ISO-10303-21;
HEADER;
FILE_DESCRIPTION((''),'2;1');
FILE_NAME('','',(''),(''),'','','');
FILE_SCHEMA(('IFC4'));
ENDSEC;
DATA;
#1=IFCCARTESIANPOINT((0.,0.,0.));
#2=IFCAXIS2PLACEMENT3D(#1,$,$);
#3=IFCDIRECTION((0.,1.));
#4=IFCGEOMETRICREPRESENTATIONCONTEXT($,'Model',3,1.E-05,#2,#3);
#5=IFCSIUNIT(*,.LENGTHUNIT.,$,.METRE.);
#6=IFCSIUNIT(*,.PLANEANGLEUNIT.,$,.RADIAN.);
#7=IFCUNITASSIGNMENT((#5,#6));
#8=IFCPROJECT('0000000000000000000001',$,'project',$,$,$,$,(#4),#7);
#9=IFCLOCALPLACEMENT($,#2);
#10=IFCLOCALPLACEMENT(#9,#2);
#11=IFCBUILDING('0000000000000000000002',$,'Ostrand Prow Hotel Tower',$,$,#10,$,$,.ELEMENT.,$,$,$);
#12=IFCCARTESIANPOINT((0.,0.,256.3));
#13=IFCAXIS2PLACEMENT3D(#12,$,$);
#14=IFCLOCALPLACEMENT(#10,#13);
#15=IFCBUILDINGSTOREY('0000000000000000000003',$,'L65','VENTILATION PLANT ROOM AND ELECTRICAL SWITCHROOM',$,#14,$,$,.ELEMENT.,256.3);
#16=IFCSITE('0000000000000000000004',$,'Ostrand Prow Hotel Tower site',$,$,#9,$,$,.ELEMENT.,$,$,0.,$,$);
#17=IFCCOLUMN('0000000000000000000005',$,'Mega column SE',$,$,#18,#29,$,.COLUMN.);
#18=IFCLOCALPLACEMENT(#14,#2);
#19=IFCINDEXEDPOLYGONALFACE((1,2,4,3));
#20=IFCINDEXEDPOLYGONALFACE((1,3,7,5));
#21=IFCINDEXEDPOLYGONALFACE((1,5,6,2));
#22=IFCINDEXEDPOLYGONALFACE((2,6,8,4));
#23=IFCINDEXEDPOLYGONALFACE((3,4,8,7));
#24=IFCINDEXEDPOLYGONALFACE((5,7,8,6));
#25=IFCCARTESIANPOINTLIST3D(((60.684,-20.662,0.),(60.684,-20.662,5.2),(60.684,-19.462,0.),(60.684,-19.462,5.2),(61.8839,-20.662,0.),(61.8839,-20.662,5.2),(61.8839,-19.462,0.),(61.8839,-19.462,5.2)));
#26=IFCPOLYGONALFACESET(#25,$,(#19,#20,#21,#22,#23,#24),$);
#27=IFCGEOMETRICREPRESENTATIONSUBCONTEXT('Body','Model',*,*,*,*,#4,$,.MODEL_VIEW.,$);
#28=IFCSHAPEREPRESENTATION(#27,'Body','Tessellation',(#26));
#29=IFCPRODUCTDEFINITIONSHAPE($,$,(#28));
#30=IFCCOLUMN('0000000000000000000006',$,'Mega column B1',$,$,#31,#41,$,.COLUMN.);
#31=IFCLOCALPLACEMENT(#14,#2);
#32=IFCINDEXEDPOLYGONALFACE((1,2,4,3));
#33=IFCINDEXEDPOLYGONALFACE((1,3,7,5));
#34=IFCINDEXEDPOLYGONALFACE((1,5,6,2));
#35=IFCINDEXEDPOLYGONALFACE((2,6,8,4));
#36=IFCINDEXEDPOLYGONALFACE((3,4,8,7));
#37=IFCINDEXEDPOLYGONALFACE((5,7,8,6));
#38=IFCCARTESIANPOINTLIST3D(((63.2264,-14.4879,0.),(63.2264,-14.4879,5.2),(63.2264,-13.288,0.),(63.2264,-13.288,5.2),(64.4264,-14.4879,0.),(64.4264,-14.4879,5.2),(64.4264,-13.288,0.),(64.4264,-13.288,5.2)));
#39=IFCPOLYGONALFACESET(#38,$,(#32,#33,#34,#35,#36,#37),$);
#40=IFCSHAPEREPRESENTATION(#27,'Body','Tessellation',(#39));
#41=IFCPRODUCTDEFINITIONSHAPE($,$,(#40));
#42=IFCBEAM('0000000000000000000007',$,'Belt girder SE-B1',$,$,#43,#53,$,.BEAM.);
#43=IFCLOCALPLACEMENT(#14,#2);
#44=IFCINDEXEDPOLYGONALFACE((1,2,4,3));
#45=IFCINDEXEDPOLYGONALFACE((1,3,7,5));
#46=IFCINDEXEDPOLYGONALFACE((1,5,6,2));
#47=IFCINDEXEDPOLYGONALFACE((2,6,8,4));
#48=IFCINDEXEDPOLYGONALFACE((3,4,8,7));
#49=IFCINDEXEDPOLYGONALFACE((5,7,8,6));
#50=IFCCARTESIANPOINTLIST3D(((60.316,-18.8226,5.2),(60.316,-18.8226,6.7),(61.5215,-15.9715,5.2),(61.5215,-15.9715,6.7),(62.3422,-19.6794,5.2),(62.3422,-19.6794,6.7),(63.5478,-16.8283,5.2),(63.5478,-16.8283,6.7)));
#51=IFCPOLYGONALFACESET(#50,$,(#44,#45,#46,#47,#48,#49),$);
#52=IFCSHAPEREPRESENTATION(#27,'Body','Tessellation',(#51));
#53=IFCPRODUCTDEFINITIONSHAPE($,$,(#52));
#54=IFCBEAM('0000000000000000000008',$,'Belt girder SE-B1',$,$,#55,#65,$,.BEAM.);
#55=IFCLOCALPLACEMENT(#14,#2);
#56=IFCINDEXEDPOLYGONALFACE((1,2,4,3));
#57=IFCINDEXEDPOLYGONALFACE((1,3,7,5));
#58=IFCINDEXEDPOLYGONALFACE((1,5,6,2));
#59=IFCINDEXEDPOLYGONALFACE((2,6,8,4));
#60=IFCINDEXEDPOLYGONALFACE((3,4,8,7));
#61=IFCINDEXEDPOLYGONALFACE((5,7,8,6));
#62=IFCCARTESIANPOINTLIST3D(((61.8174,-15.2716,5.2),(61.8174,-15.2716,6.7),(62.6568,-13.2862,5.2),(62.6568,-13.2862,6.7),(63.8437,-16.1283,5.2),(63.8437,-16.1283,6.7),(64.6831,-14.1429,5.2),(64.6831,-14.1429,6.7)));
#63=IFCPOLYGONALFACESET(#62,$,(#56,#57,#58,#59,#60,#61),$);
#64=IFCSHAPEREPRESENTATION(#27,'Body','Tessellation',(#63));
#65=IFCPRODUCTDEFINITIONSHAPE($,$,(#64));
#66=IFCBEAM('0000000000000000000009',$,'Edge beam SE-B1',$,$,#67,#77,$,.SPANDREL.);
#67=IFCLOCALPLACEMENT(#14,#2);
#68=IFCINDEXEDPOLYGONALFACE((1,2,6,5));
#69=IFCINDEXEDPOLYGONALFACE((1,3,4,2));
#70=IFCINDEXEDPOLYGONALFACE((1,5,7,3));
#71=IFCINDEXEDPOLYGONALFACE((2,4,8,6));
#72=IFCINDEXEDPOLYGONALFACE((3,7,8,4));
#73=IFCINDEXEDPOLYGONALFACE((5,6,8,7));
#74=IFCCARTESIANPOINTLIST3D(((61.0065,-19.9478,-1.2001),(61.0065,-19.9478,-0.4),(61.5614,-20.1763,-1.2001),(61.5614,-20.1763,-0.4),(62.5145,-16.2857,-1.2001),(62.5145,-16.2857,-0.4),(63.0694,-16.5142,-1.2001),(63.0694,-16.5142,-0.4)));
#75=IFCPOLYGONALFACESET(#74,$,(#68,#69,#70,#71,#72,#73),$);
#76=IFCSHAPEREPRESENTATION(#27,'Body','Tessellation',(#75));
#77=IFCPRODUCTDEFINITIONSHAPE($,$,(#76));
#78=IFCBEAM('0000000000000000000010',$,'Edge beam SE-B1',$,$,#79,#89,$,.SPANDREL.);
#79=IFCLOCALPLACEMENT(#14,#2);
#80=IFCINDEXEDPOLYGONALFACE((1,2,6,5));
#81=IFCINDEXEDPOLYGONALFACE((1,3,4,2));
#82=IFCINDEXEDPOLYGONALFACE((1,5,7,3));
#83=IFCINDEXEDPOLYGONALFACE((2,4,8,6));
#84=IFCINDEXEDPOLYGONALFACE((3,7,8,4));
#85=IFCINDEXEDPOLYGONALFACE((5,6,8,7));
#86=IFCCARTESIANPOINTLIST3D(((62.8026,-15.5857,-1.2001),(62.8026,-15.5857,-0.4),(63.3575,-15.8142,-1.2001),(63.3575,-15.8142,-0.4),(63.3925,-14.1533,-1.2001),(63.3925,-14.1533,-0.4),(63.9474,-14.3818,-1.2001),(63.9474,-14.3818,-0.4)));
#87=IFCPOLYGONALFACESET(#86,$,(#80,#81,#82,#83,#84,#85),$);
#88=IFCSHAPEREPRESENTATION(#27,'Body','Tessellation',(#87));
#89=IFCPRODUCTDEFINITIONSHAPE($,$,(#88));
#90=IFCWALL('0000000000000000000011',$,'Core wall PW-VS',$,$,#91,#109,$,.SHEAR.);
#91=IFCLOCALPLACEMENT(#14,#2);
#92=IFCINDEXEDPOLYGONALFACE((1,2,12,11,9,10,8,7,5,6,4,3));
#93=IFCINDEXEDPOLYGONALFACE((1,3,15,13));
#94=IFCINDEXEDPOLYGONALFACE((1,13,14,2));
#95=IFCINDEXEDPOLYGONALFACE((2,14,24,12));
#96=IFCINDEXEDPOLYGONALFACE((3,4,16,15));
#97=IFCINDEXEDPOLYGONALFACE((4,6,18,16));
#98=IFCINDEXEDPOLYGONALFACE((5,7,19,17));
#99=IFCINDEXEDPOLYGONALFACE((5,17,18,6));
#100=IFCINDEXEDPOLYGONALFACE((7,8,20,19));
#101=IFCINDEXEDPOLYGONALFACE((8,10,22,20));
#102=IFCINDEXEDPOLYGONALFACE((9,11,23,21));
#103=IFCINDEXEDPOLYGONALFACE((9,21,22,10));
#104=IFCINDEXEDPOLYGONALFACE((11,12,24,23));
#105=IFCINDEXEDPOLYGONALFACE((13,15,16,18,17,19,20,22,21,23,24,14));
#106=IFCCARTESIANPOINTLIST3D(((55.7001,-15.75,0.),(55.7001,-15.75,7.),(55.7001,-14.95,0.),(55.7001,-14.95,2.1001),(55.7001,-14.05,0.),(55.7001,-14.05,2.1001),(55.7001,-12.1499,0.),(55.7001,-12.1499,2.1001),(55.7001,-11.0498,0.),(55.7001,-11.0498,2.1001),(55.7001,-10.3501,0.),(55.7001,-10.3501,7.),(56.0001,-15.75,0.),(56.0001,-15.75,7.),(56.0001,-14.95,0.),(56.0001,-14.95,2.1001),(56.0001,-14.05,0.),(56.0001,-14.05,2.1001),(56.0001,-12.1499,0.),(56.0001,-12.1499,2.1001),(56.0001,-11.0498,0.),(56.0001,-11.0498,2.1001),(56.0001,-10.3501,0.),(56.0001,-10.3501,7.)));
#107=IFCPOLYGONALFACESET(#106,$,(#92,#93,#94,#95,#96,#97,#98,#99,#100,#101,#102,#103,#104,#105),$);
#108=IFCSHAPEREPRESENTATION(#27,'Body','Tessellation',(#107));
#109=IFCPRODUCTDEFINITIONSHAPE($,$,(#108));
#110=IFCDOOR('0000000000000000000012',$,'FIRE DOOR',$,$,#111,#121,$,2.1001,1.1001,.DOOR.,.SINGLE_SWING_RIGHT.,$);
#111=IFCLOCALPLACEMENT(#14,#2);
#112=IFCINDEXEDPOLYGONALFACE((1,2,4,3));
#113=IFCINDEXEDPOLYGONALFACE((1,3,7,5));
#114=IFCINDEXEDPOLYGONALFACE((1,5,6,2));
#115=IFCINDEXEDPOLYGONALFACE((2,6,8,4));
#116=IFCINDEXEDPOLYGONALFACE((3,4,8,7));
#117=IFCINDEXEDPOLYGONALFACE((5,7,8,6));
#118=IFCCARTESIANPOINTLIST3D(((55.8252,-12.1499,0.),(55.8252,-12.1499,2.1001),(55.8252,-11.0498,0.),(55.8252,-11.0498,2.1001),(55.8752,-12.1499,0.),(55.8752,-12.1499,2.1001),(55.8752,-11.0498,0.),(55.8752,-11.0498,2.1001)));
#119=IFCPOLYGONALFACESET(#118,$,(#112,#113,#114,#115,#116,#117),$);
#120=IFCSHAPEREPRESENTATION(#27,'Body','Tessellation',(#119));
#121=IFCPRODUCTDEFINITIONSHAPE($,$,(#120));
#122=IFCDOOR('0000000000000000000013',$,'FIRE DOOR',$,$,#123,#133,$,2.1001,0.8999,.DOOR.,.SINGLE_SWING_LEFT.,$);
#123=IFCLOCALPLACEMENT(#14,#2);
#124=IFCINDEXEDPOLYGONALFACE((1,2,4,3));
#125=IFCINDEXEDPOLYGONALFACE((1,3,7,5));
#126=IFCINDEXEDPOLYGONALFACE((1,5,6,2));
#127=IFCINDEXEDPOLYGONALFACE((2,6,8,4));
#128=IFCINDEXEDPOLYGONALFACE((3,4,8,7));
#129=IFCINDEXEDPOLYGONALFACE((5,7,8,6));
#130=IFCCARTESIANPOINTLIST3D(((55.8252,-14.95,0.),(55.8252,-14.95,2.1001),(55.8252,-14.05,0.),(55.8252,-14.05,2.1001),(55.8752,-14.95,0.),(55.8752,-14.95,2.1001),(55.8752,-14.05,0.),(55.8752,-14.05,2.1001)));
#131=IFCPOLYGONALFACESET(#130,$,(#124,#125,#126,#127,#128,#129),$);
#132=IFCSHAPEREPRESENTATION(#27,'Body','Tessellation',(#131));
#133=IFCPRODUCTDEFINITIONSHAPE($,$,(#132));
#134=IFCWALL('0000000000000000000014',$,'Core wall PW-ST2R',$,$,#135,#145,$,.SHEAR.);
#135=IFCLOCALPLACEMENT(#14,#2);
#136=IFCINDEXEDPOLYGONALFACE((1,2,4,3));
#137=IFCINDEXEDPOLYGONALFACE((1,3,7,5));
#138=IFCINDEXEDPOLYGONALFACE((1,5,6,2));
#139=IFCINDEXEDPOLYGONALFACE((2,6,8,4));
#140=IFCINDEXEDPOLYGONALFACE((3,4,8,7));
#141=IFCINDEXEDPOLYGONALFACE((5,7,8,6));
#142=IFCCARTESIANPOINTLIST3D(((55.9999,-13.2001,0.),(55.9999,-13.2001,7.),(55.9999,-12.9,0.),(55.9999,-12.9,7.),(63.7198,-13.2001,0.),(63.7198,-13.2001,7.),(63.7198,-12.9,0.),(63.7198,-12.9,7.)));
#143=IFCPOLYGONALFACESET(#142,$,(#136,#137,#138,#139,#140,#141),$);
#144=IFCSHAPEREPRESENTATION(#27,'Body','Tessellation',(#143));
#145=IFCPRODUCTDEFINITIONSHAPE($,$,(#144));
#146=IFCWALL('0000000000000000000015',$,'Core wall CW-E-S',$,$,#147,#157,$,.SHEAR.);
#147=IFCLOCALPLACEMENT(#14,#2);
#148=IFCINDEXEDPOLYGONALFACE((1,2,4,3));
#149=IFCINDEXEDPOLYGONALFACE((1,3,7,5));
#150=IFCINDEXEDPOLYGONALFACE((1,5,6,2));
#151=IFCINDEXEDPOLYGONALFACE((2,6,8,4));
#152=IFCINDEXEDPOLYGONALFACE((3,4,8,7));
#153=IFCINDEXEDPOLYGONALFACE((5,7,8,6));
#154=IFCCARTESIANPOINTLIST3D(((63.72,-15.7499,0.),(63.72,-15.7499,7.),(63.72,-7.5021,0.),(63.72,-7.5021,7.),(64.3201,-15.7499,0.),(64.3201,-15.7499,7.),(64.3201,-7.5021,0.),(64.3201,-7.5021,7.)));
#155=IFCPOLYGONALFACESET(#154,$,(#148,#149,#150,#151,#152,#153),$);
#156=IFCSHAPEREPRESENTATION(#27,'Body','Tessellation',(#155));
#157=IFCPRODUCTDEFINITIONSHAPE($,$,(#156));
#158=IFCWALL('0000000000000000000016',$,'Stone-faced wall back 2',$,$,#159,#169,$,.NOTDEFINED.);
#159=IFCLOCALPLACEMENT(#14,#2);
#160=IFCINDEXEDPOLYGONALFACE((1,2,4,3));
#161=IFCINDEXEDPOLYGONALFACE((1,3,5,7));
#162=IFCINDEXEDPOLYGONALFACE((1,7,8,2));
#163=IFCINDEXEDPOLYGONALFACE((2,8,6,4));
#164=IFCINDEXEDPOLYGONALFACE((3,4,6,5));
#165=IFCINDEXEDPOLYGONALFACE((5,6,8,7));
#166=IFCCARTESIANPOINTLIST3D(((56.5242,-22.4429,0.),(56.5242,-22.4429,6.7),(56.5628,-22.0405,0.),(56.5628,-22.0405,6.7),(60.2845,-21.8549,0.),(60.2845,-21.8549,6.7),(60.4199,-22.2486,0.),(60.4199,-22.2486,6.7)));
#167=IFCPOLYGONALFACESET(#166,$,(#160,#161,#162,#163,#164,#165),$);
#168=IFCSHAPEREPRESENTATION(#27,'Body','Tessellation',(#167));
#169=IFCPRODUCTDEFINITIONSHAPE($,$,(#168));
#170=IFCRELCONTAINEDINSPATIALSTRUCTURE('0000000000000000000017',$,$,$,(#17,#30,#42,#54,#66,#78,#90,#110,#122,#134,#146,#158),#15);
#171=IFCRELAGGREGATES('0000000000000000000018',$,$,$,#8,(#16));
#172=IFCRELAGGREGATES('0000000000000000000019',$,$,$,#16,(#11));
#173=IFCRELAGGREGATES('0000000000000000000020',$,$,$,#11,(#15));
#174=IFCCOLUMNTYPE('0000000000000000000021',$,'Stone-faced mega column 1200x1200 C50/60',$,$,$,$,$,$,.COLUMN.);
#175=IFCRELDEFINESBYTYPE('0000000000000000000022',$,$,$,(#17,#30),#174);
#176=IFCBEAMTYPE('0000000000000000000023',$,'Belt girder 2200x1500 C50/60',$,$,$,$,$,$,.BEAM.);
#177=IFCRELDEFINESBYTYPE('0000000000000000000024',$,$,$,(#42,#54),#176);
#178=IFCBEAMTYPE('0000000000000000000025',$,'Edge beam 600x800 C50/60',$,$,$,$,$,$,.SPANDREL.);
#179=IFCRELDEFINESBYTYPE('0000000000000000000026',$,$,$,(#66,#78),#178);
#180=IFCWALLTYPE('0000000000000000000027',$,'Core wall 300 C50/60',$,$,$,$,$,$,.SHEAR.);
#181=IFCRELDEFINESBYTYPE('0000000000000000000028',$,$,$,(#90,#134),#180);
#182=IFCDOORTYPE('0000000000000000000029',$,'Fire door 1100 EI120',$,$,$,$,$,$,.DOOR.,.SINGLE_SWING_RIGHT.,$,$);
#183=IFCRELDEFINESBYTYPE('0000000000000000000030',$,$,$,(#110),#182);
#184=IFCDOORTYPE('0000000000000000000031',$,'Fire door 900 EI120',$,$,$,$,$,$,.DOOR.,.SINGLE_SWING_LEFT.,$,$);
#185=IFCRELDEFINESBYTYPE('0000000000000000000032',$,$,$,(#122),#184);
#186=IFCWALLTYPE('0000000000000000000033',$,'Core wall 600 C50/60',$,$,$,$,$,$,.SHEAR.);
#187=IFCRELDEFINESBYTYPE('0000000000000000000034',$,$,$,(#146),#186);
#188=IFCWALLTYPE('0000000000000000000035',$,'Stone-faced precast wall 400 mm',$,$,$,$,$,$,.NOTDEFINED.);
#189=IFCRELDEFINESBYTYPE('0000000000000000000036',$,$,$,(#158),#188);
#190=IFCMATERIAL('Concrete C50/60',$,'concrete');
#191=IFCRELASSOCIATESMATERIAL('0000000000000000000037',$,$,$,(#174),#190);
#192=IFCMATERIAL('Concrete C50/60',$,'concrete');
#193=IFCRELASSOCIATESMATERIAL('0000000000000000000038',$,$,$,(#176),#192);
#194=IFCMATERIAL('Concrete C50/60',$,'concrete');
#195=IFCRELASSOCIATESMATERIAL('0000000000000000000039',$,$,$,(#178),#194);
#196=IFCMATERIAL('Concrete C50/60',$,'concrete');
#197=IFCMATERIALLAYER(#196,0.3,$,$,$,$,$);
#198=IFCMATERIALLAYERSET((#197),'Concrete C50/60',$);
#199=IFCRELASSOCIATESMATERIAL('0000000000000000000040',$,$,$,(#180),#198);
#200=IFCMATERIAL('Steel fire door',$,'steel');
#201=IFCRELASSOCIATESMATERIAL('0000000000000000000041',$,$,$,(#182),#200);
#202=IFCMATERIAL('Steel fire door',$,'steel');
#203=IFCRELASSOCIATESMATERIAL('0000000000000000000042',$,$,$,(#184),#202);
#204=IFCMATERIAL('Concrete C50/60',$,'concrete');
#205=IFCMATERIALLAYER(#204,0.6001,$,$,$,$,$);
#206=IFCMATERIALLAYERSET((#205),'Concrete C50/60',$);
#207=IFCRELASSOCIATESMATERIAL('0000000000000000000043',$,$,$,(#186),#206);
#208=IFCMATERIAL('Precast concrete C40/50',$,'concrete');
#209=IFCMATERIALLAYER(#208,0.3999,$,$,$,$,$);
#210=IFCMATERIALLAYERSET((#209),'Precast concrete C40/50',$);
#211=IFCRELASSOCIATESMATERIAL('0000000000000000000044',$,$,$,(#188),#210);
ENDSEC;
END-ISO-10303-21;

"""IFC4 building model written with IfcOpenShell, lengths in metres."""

from ifc_helpers import new_model, si_unit, direction, frame, frame_2d, origin, origin_2d, place, context, subcontext, project, spatial, polyline, rectangle, outline, extrude, material, layer, layer_set, material_profile, profile_set, type_object, element, fill, save


model = new_model("IFC4")

# Units and contexts
model_context = context("Model", 3, precision=1e-05, world=origin(), true_north=direction((0.0, 1.0)))
body_context = subcontext(model_context, "Body", "Model", "MODEL_VIEW")
ifc_project = project(units=[si_unit("LENGTHUNIT", "METRE"), si_unit("PLANEANGLEUNIT", "RADIAN")], contexts=[model_context])

# Site, building, storey
site_placement = place(None, origin())
site = spatial("IfcSite", under=ifc_project, at=site_placement, Name="Ostrand Prow Hotel Tower site", CompositionType="ELEMENT", RefElevation=0.0)
building_placement = place(site_placement, origin())
building = spatial("IfcBuilding", under=site, at=building_placement, Name="Ostrand Prow Hotel Tower", CompositionType="ELEMENT")
storey_placement = place(building_placement, frame((0.0, 0.0, 256.3)))
storey = spatial("IfcBuildingStorey", under=building, at=storey_placement, Name="L65", Description="VENTILATION PLANT ROOM AND ELECTRICAL SWITCHROOM", CompositionType="ELEMENT", Elevation=256.3)

# Columns
ifc_material_1 = material(Name="Concrete C50/60", Category="concrete")
ifc_material_profile_1 = material_profile(ifc_material_1, rectangle(XDim=1.2, YDim=1.2, at=origin_2d()), Name="RC 1200x1200")
ifc_profile_set_1 = profile_set([ifc_material_profile_1], Name="Concrete C50/60")
column_type = type_object("IfcColumnType", Name="Stone-faced mega column 1200x1200 C50/60", PredefinedType="COLUMN", material=ifc_profile_set_1)
for number, where, z_axis, x_axis, name in (
    (1, (61.2839, -20.062, 0.0), (0.0, 0.0, 1.0), (1.0, 0.0, 0.0), "Mega column SE"),
    (2, (63.8264, -13.8879, 0.0), (0.0, 0.0, 1.0), (1.0, 0.0, 0.0), "Mega column B1"),
):
    element("IfcColumn", number, at=place(storey_placement, frame(where, z_axis=z_axis, x_axis=x_axis)), inside=storey, type_object=column_type, Name=name, PredefinedType="COLUMN", context=body_context, shape_type="SweptSolid", body=[
        extrude(rectangle(XDim=1.2, YDim=1.2, at=origin_2d()), origin(), (0.0, 0.0, 1.0), 5.2),
    ])

# Beams
ifc_material_2 = material(Name="Concrete C50/60", Category="concrete")
ifc_material_profile_2 = material_profile(ifc_material_2, rectangle(XDim=2.2, YDim=1.5, at=origin_2d()), Name="RC 2200x1500")
ifc_profile_set_2 = profile_set([ifc_material_profile_2], Name="Concrete C50/60")
beam_type_1 = type_object("IfcBeamType", Name="Belt girder 2200x1500 C50/60", PredefinedType="BEAM", material=ifc_profile_set_2)
beam_1_placement = place(storey_placement, frame((61.3291, -19.251, 5.95), z_axis=(0.38946, 0.921043, 0.0), x_axis=(-0.921043, 0.38946, 0.0)))
element("IfcBeam", 3, at=beam_1_placement, inside=storey, type_object=beam_type_1, Name="Belt girder SE-B1", PredefinedType="BEAM", context=body_context, shape_type="SweptSolid", body=[
    extrude(rectangle(XDim=2.2, YDim=1.5, at=origin_2d()), origin(), (0.0, 0.0, 1.0), 3.0955),
])
beam_2_placement = place(storey_placement, frame((62.8306, -15.7, 5.95), z_axis=(0.389404, 0.921067, 0.0), x_axis=(-0.921067, 0.389404, 0.0)))
element("IfcBeam", 4, at=beam_2_placement, inside=storey, type_object=beam_type_1, Name="Belt girder SE-B1", PredefinedType="BEAM", context=body_context, shape_type="SweptSolid", body=[
    extrude(rectangle(XDim=2.2, YDim=1.5, at=origin_2d()), origin(), (0.0, 0.0, 1.0), 2.1555),
])
ifc_material_3 = material(Name="Concrete C50/60", Category="concrete")
ifc_material_profile_3 = material_profile(ifc_material_3, rectangle(XDim=0.6001, YDim=0.8, at=origin_2d()), Name="RC 600x800")
ifc_profile_set_3 = profile_set([ifc_material_profile_3], Name="Concrete C50/60")
beam_type_2 = type_object("IfcBeamType", Name="Edge beam 600x800 C50/60", PredefinedType="SPANDREL", material=ifc_profile_set_3)
beam_3_placement = place(storey_placement, frame((61.2839, -20.062, -0.8), z_axis=(0.380778, 0.924667, 0.0), x_axis=(-0.924667, 0.380778, 0.0)))
element("IfcBeam", 5, at=beam_3_placement, inside=storey, type_object=beam_type_2, Name="Edge beam SE-B1", PredefinedType="SPANDREL", context=body_context, shape_type="SweptSolid", body=[
    extrude(rectangle(XDim=0.6001, YDim=0.8, at=origin_2d()), origin(), (0.0, 0.0, 1.0), 3.9604),
])
beam_4_placement = place(storey_placement, frame((63.0801, -15.7, -0.8), z_axis=(0.380774, 0.924668, 0.0), x_axis=(-0.924668, 0.380774, 0.0)))
element("IfcBeam", 6, at=beam_4_placement, inside=storey, type_object=beam_type_2, Name="Edge beam SE-B1", PredefinedType="SPANDREL", context=body_context, shape_type="SweptSolid", body=[
    extrude(rectangle(XDim=0.6001, YDim=0.8, at=origin_2d()), origin(), (0.0, 0.0, 1.0), 1.5491),
])

# Wall, openings, doors
ifc_material_4 = material(Name="Concrete C50/60", Category="concrete")
ifc_layer_1 = layer(ifc_material_4, 0.3)
ifc_layer_set_1 = layer_set([ifc_layer_1], Name="Concrete C50/60")
wall_type_1 = type_object("IfcWallType", Name="Core wall 300 C50/60", PredefinedType="SHEAR", material=ifc_layer_set_1)
wall_1_placement = place(storey_placement, frame((55.8501, -15.75, 0.0), z_axis=(0.0, 0.0, 1.0), x_axis=(0.0, 1.0, 0.0)))
wall_1 = element("IfcWall", 7, at=wall_1_placement, inside=storey, type_object=wall_type_1, Name="Core wall PW-VS", PredefinedType="SHEAR", context=body_context, shape_type="SweptSolid", body=[
    extrude(rectangle(XDim=5.3999, YDim=0.3, at=frame_2d((2.7, 0.0))), origin(), (0.0, 0.0, 1.0), 7.0),
])
opening_1_placement = place(wall_1_placement, frame((3.6001, 0.0, 0.0)))
opening_1 = element("IfcOpeningElement", 8, at=opening_1_placement, cuts=wall_1, PredefinedType="OPENING", context=body_context, shape_type="SweptSolid", body=[
    extrude(rectangle(XDim=1.1001, YDim=2.1001, at=frame_2d((0.55, 1.05))), frame((0.0, 0.1599, 0.0), z_axis=(0.0, -1.0, 0.0), x_axis=(1.0, 0.0, 0.0)), (0.0, 0.0, 1.0), 0.3201),
])
opening_2_placement = place(wall_1_placement, frame((0.8, 0.0, 0.0)))
opening_2 = element("IfcOpeningElement", 9, at=opening_2_placement, cuts=wall_1, PredefinedType="OPENING", context=body_context, shape_type="SweptSolid", body=[
    extrude(rectangle(XDim=0.8999, YDim=2.1001, at=frame_2d((0.45, 1.05))), frame((0.0, 0.1599, 0.0), z_axis=(0.0, -1.0, 0.0), x_axis=(1.0, 0.0, 0.0)), (0.0, 0.0, 1.0), 0.3201),
])
ifc_material_5 = material(Name="Steel fire door", Category="steel")
door_type_1 = type_object("IfcDoorType", Name="Fire door 1100 EI120", OperationType="SINGLE_SWING_RIGHT", PredefinedType="DOOR", material=ifc_material_5)
door_1_placement = place(opening_1_placement, origin())
door_1 = element("IfcDoor", 10, at=door_1_placement, inside=storey, type_object=door_type_1, Name="FIRE DOOR", OperationType="SINGLE_SWING_RIGHT", OverallHeight=2.1001, OverallWidth=1.1001, PredefinedType="DOOR", context=body_context, shape_type="SweptSolid", body=[
    extrude(rectangle(XDim=1.1001, YDim=2.1001, at=frame_2d((0.55, 1.05))), frame((0.0, 0.0249, 0.0), z_axis=(0.0, -1.0, 0.0), x_axis=(1.0, 0.0, 0.0)), (0.0, 0.0, 1.0), 0.05),
])
fill(opening_1, door_1)
ifc_material_6 = material(Name="Steel fire door", Category="steel")
door_type_2 = type_object("IfcDoorType", Name="Fire door 900 EI120", OperationType="SINGLE_SWING_LEFT", PredefinedType="DOOR", material=ifc_material_6)
door_2_placement = place(opening_2_placement, origin())
door_2 = element("IfcDoor", 11, at=door_2_placement, inside=storey, type_object=door_type_2, Name="FIRE DOOR", OperationType="SINGLE_SWING_LEFT", OverallHeight=2.1001, OverallWidth=0.8999, PredefinedType="DOOR", context=body_context, shape_type="SweptSolid", body=[
    extrude(rectangle(XDim=0.8999, YDim=2.1001, at=frame_2d((0.45, 1.05))), frame((0.0, 0.0249, 0.0), z_axis=(0.0, -1.0, 0.0), x_axis=(1.0, 0.0, 0.0)), (0.0, 0.0, 1.0), 0.05),
])
fill(opening_2, door_2)

# Walls
wall_2_placement = place(storey_placement, frame((56.0, -13.05, 0.0), z_axis=(0.0, 0.0, 1.0), x_axis=(1.0, 0.0, 0.0)))
element("IfcWall", 12, at=wall_2_placement, inside=storey, type_object=wall_type_1, Name="Core wall PW-ST2R", PredefinedType="SHEAR", context=body_context, shape_type="SweptSolid", body=[
    extrude(rectangle(XDim=7.72, YDim=0.3, at=frame_2d((3.8599, 0.0))), origin(), (0.0, 0.0, 1.0), 7.0),
])
ifc_material_7 = material(Name="Concrete C50/60", Category="concrete")
ifc_layer_2 = layer(ifc_material_7, 0.6001)
ifc_layer_set_2 = layer_set([ifc_layer_2], Name="Concrete C50/60")
wall_type_2 = type_object("IfcWallType", Name="Core wall 600 C50/60", PredefinedType="SHEAR", material=ifc_layer_set_2)
wall_3_placement = place(storey_placement, frame((64.02, -15.75, 0.0), z_axis=(0.0, 0.0, 1.0), x_axis=(0.0, 1.0, 0.0)))
element("IfcWall", 13, at=wall_3_placement, inside=storey, type_object=wall_type_2, Name="Core wall CW-E-S", PredefinedType="SHEAR", context=body_context, shape_type="SweptSolid", body=[
    extrude(rectangle(XDim=8.2478, YDim=0.6001, at=frame_2d((4.124, 0.0))), origin(), (0.0, 0.0, 1.0), 7.0),
])
ifc_material_8 = material(Name="Precast concrete C40/50", Category="concrete")
ifc_layer_3 = layer(ifc_material_8, 0.3999)
ifc_layer_set_3 = layer_set([ifc_layer_3], Name="Precast concrete C40/50")
wall_type_3 = type_object("IfcWallType", Name="Stone-faced precast wall 400 mm", PredefinedType="NOTDEFINED", material=ifc_layer_set_3)
wall_4_placement = place(storey_placement, frame((56.5435, -22.2417, 0.0), z_axis=(0.0, 0.0, 1.0), x_axis=(0.998759, 0.049807, 0.0)))
element("IfcWall", 14, at=wall_4_placement, inside=storey, type_object=wall_type_3, Name="Stone-faced wall back 2", PredefinedType="NOTDEFINED", context=body_context, shape_type="SweptSolid", body=[
    extrude(outline(polyline([(-0.0293, -0.2), (3.8713, -0.2), (3.7556, 0.2), (0.0293, 0.2), (-0.0293, -0.2)])), origin(), (0.0, 0.0, 1.0), 6.7),
])

save(model, "model.ifc")
